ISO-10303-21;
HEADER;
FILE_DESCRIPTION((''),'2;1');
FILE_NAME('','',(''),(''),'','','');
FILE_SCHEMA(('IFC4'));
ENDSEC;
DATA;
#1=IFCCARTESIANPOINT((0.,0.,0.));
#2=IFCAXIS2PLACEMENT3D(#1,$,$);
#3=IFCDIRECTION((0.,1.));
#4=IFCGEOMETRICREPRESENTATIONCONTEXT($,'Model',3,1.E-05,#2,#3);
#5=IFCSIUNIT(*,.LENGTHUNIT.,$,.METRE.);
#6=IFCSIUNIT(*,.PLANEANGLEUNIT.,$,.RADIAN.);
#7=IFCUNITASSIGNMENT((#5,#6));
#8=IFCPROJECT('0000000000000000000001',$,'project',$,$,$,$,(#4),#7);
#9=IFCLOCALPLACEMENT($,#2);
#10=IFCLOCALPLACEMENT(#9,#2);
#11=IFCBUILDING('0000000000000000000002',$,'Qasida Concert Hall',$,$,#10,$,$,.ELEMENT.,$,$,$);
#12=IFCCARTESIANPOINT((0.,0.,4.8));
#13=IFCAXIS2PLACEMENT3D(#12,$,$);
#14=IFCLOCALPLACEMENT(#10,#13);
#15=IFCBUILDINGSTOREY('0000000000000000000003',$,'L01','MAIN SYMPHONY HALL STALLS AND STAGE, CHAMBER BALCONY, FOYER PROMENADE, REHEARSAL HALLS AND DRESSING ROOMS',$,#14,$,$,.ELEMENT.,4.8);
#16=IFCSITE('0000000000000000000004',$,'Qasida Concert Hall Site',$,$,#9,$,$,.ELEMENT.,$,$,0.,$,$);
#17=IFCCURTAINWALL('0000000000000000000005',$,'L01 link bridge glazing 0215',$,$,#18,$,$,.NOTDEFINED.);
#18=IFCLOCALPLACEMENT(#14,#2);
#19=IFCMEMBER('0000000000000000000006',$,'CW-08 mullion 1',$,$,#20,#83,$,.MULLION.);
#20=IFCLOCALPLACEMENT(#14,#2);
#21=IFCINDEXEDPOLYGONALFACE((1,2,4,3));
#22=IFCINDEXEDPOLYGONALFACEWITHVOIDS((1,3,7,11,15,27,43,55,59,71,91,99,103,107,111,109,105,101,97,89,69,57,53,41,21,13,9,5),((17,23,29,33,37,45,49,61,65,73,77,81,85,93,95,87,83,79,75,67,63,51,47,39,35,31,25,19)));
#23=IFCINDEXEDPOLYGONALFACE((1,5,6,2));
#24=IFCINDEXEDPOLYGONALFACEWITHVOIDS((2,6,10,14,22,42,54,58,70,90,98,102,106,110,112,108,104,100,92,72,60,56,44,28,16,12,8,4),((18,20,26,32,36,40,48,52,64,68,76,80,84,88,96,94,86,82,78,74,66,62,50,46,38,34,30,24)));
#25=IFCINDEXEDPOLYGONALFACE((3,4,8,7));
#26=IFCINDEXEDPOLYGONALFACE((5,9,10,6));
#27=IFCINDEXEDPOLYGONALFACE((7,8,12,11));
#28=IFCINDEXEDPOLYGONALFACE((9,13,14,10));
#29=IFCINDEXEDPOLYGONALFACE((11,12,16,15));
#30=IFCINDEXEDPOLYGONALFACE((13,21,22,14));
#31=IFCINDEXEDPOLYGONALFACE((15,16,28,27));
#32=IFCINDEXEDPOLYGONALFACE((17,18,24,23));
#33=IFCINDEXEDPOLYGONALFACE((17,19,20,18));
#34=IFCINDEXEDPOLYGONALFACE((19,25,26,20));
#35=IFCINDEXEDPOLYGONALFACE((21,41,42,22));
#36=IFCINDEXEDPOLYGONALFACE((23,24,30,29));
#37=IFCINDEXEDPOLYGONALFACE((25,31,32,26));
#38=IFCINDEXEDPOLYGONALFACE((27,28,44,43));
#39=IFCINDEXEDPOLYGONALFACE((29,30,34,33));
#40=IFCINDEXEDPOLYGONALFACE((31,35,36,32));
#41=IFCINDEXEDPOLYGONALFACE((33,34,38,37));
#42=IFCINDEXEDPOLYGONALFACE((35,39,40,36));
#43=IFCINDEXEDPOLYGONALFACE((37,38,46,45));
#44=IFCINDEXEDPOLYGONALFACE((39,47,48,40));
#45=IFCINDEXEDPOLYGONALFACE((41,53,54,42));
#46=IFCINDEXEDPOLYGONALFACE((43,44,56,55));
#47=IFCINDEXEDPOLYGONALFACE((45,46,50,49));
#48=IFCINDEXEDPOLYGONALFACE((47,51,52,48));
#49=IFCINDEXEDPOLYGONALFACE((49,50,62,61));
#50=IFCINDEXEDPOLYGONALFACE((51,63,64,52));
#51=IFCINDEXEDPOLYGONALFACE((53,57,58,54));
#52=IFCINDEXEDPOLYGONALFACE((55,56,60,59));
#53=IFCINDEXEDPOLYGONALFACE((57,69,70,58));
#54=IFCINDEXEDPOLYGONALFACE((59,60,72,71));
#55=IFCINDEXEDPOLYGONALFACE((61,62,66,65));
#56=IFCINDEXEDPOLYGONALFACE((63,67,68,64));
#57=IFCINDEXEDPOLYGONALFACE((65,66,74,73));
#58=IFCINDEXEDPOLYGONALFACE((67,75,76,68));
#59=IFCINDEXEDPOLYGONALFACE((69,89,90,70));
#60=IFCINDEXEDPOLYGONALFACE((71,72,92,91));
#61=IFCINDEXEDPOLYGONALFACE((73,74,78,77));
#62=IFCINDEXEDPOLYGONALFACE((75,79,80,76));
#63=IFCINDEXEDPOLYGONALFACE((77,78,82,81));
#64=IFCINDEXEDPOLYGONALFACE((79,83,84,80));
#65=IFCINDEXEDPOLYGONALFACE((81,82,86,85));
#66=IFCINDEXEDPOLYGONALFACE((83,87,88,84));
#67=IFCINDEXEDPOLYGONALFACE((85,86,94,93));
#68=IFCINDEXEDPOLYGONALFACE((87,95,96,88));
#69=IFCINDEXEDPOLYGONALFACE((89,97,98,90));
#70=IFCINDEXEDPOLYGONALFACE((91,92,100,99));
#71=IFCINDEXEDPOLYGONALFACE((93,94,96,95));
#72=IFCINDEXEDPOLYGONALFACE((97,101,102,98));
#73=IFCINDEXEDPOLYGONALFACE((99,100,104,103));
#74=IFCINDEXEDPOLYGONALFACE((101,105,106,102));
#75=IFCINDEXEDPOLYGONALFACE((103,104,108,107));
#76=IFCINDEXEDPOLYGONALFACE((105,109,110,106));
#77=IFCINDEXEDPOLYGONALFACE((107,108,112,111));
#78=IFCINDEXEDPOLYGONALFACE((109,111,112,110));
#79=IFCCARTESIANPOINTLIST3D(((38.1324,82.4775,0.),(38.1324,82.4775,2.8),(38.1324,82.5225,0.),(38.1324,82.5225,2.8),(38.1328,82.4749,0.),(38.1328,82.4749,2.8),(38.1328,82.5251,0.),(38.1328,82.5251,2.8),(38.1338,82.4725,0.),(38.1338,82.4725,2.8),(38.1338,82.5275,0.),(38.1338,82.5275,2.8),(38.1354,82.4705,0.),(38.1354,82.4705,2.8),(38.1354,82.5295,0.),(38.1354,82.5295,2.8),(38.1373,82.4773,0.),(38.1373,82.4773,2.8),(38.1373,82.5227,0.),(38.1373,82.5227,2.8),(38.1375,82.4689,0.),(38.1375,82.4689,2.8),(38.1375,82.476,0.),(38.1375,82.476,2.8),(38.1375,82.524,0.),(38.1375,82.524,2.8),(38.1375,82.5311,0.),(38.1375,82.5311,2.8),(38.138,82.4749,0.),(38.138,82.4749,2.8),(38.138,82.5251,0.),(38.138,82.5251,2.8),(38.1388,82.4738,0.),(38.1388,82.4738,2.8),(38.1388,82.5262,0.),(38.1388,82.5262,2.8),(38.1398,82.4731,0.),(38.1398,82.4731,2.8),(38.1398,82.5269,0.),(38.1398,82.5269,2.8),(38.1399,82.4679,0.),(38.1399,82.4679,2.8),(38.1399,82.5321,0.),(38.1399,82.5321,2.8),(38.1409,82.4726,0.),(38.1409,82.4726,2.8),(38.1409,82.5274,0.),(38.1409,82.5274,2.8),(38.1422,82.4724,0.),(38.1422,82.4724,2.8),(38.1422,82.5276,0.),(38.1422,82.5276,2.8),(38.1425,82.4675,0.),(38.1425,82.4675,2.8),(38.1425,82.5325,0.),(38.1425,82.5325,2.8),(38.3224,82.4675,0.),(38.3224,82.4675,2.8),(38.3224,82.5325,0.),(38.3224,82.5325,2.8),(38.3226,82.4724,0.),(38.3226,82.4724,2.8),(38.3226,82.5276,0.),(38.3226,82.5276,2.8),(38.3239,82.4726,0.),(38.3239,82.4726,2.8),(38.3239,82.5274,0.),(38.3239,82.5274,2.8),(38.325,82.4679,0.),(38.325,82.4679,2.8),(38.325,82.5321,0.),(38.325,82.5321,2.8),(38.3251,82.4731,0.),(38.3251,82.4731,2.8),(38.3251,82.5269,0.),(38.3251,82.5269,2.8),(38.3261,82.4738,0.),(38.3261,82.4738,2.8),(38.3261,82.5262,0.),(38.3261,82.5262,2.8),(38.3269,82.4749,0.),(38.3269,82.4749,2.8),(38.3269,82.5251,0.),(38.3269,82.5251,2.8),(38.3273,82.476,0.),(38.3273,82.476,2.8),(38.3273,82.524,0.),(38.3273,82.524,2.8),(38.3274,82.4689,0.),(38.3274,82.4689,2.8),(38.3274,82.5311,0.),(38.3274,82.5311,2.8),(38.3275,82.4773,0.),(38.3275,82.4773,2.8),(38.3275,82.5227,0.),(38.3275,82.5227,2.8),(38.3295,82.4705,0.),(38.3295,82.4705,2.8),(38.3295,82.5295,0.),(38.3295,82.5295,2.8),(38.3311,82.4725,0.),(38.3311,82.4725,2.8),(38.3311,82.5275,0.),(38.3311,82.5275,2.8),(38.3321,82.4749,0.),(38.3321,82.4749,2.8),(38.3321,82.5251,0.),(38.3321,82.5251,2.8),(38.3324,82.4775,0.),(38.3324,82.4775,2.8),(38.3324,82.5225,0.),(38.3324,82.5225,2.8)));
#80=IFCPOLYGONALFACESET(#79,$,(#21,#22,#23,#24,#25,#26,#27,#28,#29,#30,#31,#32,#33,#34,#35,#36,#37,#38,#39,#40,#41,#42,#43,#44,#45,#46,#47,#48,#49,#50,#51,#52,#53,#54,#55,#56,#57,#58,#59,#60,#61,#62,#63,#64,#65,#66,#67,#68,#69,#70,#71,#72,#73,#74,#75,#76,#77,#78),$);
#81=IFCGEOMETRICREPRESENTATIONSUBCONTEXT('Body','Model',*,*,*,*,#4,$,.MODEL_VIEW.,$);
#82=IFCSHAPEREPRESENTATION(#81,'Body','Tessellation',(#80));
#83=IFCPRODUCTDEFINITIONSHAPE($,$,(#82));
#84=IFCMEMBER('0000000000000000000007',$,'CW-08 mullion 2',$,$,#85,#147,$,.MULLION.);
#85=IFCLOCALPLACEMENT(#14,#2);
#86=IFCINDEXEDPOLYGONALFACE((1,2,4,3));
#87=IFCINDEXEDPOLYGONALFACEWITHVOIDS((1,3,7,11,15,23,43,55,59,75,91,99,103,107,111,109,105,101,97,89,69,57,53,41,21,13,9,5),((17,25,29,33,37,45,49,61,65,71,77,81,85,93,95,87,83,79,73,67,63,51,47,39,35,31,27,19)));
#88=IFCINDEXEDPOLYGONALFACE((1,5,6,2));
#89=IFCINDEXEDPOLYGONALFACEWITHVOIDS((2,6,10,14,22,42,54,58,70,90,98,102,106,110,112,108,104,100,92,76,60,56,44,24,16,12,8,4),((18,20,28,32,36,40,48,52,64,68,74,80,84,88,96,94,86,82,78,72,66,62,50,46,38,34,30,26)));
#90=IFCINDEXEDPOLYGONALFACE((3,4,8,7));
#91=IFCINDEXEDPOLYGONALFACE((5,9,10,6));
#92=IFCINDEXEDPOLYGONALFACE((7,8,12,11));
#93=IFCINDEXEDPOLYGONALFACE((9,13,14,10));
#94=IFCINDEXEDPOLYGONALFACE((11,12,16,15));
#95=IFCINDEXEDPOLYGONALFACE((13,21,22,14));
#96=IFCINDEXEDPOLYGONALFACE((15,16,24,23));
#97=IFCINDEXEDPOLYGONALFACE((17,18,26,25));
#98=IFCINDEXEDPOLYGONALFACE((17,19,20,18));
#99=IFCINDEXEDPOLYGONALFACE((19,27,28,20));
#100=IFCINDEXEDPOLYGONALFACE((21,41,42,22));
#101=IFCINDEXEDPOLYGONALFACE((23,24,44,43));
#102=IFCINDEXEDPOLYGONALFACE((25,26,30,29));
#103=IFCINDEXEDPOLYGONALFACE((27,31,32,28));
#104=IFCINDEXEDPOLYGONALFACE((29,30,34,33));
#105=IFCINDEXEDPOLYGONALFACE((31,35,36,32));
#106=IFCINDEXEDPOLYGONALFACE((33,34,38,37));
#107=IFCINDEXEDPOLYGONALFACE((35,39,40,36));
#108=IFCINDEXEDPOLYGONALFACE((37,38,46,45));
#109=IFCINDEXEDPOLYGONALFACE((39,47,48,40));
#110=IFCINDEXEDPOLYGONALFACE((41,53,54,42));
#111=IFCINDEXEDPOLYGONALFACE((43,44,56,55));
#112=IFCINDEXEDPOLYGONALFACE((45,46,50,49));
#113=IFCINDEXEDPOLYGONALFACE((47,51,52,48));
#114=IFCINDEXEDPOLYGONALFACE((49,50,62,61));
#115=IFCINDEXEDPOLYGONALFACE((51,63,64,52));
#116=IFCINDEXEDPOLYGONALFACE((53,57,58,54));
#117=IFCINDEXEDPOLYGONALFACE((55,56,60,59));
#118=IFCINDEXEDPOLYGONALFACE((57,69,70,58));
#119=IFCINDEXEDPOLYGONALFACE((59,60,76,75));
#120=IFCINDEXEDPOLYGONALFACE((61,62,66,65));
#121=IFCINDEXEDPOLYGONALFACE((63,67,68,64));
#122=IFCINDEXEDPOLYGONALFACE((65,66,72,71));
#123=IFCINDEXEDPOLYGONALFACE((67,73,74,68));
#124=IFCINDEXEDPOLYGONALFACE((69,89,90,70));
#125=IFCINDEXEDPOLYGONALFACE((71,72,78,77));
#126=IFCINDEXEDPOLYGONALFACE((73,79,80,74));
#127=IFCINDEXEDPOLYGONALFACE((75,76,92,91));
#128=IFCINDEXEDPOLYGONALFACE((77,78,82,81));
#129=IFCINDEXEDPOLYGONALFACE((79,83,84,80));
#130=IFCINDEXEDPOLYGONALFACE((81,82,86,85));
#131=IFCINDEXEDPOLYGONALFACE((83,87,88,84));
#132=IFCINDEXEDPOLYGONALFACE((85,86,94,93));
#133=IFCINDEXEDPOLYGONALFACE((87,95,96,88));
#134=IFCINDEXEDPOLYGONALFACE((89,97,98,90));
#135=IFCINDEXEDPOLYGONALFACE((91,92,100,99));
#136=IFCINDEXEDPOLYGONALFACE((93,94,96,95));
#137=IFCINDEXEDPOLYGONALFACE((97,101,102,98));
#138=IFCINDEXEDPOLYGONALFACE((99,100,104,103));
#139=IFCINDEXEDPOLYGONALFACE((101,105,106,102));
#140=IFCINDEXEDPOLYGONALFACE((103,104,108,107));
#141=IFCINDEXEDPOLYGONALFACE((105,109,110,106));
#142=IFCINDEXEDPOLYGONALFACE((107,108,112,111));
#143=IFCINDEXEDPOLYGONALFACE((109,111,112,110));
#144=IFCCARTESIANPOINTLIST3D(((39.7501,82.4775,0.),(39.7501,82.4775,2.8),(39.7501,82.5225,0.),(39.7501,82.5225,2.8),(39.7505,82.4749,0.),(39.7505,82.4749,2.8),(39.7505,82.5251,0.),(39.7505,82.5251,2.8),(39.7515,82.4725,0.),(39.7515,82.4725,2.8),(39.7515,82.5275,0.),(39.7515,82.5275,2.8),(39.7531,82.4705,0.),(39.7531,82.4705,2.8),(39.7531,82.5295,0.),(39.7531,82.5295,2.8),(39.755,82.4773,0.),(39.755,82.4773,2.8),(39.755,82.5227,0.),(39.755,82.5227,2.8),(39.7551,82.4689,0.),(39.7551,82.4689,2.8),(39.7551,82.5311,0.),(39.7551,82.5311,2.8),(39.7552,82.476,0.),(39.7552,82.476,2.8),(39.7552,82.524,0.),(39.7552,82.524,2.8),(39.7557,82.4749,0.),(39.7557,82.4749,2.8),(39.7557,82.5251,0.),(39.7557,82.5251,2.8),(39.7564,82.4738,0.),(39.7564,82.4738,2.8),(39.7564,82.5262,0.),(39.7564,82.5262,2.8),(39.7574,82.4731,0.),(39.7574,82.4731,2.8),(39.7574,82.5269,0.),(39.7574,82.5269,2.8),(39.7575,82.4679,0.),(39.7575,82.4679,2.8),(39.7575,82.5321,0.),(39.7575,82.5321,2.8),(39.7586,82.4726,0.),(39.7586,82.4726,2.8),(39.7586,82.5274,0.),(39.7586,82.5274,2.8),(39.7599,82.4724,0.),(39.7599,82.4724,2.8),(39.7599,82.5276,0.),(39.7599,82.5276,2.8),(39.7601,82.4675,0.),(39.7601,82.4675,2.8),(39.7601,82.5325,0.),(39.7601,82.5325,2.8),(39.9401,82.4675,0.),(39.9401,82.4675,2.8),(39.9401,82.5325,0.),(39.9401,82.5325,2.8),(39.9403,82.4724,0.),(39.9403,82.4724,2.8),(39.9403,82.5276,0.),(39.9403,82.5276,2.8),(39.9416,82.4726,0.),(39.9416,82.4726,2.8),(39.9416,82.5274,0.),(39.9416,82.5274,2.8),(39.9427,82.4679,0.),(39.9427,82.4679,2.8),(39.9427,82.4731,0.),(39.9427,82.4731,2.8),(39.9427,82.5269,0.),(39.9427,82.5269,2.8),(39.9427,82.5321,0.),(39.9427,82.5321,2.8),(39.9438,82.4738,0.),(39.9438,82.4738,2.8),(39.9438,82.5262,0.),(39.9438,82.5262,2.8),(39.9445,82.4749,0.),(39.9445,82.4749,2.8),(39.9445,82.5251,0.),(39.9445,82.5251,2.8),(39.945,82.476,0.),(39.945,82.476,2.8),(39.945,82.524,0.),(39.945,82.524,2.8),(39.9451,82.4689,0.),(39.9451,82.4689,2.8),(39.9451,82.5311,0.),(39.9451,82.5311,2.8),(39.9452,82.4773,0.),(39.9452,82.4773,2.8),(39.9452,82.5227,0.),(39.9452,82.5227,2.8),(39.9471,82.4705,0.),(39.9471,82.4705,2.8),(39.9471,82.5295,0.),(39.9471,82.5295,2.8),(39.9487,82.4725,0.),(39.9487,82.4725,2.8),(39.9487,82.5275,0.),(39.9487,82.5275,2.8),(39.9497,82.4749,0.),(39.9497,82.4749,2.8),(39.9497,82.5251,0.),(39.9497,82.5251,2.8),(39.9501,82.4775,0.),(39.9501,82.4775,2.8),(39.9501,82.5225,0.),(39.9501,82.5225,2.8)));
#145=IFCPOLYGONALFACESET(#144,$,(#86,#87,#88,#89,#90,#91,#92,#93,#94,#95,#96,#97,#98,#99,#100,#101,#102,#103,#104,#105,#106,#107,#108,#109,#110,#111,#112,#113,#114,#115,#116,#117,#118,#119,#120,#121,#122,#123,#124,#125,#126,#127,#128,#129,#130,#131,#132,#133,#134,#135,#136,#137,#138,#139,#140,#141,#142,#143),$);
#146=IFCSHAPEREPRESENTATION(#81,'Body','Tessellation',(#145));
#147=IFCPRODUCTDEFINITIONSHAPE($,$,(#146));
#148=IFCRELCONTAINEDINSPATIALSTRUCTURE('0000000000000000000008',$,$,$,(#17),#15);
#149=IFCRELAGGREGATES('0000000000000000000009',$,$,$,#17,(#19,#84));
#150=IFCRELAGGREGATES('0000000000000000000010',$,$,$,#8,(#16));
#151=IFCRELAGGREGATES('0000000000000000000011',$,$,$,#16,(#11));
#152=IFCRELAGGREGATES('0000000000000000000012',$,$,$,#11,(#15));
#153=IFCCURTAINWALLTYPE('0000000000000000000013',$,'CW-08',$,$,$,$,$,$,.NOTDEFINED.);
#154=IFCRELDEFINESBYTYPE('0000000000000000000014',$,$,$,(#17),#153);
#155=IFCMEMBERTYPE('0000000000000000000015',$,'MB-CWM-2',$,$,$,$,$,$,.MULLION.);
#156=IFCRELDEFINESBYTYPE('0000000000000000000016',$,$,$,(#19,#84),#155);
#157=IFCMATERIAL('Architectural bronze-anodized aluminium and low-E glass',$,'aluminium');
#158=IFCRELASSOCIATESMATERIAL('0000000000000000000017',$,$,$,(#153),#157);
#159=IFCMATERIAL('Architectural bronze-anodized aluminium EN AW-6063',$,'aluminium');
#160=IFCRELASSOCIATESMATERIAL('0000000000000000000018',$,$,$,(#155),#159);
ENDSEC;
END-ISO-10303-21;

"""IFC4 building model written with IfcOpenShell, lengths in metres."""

from ifc_helpers import new_model, si_unit, direction, frame, origin, origin_2d, place, context, subcontext, project, spatial, hollow_rectangle, extrude, material, material_profile, profile_set, type_object, element, aggregate, save


model = new_model("IFC4")

# Units and contexts
model_context = context("Model", 3, precision=1e-05, world=origin(), true_north=direction((0.0, 1.0)))
body_context = subcontext(model_context, "Body", "Model", "MODEL_VIEW")
ifc_project = project(units=[si_unit("LENGTHUNIT", "METRE"), si_unit("PLANEANGLEUNIT", "RADIAN")], contexts=[model_context])

# Site, building, storey
site_placement = place(None, origin())
site = spatial("IfcSite", under=ifc_project, at=site_placement, Name="Qasida Concert Hall Site", CompositionType="ELEMENT", RefElevation=0.0)
building_placement = place(site_placement, origin())
building = spatial("IfcBuilding", under=site, at=building_placement, Name="Qasida Concert Hall", CompositionType="ELEMENT")
storey_placement = place(building_placement, frame((0.0, 0.0, 4.8)))
storey = spatial("IfcBuildingStorey", under=building, at=storey_placement, Name="L01", Description="MAIN SYMPHONY HALL STALLS AND STAGE, CHAMBER BALCONY, FOYER PROMENADE, REHEARSAL HALLS AND DRESSING ROOMS", CompositionType="ELEMENT", Elevation=4.8)

# Curtain wall, members
ifc_material_1 = material(Name="Architectural bronze-anodized aluminium and low-E glass", Category="aluminium")
curtain_wall_type = type_object("IfcCurtainWallType", Name="CW-08", PredefinedType="NOTDEFINED", material=ifc_material_1)
curtain_wall_placement = place(storey_placement, origin())
curtain_wall = element("IfcCurtainWall", 1, at=curtain_wall_placement, inside=storey, type_object=curtain_wall_type, Name="L01 link bridge glazing 0215", PredefinedType="NOTDEFINED")
ifc_material_2 = material(Name="Architectural bronze-anodized aluminium EN AW-6063", Category="aluminium")
ifc_material_profile_1 = material_profile(ifc_material_2, hollow_rectangle(XDim=0.0649, YDim=0.2, WallThickness=0.0049, InnerFilletRadius=0.0049, OuterFilletRadius=0.01, at=origin_2d()), Name="CWM 200x65x5")
ifc_profile_set_1 = profile_set([ifc_material_profile_1], Name="Architectural bronze-anodized aluminium EN AW-6063")
member_type_1 = type_object("IfcMemberType", Name="MB-CWM-2", PredefinedType="MULLION", material=ifc_profile_set_1)
member_1_placement = place(storey_placement, frame((38.2324, 82.5, 0.0), z_axis=(0.0, 0.0, 1.0), x_axis=(0.0, 1.0, 0.0)))
member_1 = element("IfcMember", 2, at=member_1_placement, type_object=member_type_1, Name="CW-08 mullion 1", PredefinedType="MULLION", context=body_context, shape_type="SweptSolid", body=[
    extrude(hollow_rectangle(XDim=0.0649, YDim=0.2, WallThickness=0.0049, InnerFilletRadius=0.0049, OuterFilletRadius=0.01, at=origin_2d()), origin(), (0.0, 0.0, 1.0), 2.8),
])
member_2_placement = place(storey_placement, frame((39.8501, 82.5, 0.0), z_axis=(0.0, 0.0, 1.0), x_axis=(0.0, 1.0, 0.0)))
member_2 = element("IfcMember", 3, at=member_2_placement, type_object=member_type_1, Name="CW-08 mullion 2", PredefinedType="MULLION", context=body_context, shape_type="SweptSolid", body=[
    extrude(hollow_rectangle(XDim=0.0649, YDim=0.2, WallThickness=0.0049, InnerFilletRadius=0.0049, OuterFilletRadius=0.01, at=origin_2d()), origin(), (0.0, 0.0, 1.0), 2.8),
])
aggregate(curtain_wall, [member_1, member_2])

save(model, "model.ifc")
